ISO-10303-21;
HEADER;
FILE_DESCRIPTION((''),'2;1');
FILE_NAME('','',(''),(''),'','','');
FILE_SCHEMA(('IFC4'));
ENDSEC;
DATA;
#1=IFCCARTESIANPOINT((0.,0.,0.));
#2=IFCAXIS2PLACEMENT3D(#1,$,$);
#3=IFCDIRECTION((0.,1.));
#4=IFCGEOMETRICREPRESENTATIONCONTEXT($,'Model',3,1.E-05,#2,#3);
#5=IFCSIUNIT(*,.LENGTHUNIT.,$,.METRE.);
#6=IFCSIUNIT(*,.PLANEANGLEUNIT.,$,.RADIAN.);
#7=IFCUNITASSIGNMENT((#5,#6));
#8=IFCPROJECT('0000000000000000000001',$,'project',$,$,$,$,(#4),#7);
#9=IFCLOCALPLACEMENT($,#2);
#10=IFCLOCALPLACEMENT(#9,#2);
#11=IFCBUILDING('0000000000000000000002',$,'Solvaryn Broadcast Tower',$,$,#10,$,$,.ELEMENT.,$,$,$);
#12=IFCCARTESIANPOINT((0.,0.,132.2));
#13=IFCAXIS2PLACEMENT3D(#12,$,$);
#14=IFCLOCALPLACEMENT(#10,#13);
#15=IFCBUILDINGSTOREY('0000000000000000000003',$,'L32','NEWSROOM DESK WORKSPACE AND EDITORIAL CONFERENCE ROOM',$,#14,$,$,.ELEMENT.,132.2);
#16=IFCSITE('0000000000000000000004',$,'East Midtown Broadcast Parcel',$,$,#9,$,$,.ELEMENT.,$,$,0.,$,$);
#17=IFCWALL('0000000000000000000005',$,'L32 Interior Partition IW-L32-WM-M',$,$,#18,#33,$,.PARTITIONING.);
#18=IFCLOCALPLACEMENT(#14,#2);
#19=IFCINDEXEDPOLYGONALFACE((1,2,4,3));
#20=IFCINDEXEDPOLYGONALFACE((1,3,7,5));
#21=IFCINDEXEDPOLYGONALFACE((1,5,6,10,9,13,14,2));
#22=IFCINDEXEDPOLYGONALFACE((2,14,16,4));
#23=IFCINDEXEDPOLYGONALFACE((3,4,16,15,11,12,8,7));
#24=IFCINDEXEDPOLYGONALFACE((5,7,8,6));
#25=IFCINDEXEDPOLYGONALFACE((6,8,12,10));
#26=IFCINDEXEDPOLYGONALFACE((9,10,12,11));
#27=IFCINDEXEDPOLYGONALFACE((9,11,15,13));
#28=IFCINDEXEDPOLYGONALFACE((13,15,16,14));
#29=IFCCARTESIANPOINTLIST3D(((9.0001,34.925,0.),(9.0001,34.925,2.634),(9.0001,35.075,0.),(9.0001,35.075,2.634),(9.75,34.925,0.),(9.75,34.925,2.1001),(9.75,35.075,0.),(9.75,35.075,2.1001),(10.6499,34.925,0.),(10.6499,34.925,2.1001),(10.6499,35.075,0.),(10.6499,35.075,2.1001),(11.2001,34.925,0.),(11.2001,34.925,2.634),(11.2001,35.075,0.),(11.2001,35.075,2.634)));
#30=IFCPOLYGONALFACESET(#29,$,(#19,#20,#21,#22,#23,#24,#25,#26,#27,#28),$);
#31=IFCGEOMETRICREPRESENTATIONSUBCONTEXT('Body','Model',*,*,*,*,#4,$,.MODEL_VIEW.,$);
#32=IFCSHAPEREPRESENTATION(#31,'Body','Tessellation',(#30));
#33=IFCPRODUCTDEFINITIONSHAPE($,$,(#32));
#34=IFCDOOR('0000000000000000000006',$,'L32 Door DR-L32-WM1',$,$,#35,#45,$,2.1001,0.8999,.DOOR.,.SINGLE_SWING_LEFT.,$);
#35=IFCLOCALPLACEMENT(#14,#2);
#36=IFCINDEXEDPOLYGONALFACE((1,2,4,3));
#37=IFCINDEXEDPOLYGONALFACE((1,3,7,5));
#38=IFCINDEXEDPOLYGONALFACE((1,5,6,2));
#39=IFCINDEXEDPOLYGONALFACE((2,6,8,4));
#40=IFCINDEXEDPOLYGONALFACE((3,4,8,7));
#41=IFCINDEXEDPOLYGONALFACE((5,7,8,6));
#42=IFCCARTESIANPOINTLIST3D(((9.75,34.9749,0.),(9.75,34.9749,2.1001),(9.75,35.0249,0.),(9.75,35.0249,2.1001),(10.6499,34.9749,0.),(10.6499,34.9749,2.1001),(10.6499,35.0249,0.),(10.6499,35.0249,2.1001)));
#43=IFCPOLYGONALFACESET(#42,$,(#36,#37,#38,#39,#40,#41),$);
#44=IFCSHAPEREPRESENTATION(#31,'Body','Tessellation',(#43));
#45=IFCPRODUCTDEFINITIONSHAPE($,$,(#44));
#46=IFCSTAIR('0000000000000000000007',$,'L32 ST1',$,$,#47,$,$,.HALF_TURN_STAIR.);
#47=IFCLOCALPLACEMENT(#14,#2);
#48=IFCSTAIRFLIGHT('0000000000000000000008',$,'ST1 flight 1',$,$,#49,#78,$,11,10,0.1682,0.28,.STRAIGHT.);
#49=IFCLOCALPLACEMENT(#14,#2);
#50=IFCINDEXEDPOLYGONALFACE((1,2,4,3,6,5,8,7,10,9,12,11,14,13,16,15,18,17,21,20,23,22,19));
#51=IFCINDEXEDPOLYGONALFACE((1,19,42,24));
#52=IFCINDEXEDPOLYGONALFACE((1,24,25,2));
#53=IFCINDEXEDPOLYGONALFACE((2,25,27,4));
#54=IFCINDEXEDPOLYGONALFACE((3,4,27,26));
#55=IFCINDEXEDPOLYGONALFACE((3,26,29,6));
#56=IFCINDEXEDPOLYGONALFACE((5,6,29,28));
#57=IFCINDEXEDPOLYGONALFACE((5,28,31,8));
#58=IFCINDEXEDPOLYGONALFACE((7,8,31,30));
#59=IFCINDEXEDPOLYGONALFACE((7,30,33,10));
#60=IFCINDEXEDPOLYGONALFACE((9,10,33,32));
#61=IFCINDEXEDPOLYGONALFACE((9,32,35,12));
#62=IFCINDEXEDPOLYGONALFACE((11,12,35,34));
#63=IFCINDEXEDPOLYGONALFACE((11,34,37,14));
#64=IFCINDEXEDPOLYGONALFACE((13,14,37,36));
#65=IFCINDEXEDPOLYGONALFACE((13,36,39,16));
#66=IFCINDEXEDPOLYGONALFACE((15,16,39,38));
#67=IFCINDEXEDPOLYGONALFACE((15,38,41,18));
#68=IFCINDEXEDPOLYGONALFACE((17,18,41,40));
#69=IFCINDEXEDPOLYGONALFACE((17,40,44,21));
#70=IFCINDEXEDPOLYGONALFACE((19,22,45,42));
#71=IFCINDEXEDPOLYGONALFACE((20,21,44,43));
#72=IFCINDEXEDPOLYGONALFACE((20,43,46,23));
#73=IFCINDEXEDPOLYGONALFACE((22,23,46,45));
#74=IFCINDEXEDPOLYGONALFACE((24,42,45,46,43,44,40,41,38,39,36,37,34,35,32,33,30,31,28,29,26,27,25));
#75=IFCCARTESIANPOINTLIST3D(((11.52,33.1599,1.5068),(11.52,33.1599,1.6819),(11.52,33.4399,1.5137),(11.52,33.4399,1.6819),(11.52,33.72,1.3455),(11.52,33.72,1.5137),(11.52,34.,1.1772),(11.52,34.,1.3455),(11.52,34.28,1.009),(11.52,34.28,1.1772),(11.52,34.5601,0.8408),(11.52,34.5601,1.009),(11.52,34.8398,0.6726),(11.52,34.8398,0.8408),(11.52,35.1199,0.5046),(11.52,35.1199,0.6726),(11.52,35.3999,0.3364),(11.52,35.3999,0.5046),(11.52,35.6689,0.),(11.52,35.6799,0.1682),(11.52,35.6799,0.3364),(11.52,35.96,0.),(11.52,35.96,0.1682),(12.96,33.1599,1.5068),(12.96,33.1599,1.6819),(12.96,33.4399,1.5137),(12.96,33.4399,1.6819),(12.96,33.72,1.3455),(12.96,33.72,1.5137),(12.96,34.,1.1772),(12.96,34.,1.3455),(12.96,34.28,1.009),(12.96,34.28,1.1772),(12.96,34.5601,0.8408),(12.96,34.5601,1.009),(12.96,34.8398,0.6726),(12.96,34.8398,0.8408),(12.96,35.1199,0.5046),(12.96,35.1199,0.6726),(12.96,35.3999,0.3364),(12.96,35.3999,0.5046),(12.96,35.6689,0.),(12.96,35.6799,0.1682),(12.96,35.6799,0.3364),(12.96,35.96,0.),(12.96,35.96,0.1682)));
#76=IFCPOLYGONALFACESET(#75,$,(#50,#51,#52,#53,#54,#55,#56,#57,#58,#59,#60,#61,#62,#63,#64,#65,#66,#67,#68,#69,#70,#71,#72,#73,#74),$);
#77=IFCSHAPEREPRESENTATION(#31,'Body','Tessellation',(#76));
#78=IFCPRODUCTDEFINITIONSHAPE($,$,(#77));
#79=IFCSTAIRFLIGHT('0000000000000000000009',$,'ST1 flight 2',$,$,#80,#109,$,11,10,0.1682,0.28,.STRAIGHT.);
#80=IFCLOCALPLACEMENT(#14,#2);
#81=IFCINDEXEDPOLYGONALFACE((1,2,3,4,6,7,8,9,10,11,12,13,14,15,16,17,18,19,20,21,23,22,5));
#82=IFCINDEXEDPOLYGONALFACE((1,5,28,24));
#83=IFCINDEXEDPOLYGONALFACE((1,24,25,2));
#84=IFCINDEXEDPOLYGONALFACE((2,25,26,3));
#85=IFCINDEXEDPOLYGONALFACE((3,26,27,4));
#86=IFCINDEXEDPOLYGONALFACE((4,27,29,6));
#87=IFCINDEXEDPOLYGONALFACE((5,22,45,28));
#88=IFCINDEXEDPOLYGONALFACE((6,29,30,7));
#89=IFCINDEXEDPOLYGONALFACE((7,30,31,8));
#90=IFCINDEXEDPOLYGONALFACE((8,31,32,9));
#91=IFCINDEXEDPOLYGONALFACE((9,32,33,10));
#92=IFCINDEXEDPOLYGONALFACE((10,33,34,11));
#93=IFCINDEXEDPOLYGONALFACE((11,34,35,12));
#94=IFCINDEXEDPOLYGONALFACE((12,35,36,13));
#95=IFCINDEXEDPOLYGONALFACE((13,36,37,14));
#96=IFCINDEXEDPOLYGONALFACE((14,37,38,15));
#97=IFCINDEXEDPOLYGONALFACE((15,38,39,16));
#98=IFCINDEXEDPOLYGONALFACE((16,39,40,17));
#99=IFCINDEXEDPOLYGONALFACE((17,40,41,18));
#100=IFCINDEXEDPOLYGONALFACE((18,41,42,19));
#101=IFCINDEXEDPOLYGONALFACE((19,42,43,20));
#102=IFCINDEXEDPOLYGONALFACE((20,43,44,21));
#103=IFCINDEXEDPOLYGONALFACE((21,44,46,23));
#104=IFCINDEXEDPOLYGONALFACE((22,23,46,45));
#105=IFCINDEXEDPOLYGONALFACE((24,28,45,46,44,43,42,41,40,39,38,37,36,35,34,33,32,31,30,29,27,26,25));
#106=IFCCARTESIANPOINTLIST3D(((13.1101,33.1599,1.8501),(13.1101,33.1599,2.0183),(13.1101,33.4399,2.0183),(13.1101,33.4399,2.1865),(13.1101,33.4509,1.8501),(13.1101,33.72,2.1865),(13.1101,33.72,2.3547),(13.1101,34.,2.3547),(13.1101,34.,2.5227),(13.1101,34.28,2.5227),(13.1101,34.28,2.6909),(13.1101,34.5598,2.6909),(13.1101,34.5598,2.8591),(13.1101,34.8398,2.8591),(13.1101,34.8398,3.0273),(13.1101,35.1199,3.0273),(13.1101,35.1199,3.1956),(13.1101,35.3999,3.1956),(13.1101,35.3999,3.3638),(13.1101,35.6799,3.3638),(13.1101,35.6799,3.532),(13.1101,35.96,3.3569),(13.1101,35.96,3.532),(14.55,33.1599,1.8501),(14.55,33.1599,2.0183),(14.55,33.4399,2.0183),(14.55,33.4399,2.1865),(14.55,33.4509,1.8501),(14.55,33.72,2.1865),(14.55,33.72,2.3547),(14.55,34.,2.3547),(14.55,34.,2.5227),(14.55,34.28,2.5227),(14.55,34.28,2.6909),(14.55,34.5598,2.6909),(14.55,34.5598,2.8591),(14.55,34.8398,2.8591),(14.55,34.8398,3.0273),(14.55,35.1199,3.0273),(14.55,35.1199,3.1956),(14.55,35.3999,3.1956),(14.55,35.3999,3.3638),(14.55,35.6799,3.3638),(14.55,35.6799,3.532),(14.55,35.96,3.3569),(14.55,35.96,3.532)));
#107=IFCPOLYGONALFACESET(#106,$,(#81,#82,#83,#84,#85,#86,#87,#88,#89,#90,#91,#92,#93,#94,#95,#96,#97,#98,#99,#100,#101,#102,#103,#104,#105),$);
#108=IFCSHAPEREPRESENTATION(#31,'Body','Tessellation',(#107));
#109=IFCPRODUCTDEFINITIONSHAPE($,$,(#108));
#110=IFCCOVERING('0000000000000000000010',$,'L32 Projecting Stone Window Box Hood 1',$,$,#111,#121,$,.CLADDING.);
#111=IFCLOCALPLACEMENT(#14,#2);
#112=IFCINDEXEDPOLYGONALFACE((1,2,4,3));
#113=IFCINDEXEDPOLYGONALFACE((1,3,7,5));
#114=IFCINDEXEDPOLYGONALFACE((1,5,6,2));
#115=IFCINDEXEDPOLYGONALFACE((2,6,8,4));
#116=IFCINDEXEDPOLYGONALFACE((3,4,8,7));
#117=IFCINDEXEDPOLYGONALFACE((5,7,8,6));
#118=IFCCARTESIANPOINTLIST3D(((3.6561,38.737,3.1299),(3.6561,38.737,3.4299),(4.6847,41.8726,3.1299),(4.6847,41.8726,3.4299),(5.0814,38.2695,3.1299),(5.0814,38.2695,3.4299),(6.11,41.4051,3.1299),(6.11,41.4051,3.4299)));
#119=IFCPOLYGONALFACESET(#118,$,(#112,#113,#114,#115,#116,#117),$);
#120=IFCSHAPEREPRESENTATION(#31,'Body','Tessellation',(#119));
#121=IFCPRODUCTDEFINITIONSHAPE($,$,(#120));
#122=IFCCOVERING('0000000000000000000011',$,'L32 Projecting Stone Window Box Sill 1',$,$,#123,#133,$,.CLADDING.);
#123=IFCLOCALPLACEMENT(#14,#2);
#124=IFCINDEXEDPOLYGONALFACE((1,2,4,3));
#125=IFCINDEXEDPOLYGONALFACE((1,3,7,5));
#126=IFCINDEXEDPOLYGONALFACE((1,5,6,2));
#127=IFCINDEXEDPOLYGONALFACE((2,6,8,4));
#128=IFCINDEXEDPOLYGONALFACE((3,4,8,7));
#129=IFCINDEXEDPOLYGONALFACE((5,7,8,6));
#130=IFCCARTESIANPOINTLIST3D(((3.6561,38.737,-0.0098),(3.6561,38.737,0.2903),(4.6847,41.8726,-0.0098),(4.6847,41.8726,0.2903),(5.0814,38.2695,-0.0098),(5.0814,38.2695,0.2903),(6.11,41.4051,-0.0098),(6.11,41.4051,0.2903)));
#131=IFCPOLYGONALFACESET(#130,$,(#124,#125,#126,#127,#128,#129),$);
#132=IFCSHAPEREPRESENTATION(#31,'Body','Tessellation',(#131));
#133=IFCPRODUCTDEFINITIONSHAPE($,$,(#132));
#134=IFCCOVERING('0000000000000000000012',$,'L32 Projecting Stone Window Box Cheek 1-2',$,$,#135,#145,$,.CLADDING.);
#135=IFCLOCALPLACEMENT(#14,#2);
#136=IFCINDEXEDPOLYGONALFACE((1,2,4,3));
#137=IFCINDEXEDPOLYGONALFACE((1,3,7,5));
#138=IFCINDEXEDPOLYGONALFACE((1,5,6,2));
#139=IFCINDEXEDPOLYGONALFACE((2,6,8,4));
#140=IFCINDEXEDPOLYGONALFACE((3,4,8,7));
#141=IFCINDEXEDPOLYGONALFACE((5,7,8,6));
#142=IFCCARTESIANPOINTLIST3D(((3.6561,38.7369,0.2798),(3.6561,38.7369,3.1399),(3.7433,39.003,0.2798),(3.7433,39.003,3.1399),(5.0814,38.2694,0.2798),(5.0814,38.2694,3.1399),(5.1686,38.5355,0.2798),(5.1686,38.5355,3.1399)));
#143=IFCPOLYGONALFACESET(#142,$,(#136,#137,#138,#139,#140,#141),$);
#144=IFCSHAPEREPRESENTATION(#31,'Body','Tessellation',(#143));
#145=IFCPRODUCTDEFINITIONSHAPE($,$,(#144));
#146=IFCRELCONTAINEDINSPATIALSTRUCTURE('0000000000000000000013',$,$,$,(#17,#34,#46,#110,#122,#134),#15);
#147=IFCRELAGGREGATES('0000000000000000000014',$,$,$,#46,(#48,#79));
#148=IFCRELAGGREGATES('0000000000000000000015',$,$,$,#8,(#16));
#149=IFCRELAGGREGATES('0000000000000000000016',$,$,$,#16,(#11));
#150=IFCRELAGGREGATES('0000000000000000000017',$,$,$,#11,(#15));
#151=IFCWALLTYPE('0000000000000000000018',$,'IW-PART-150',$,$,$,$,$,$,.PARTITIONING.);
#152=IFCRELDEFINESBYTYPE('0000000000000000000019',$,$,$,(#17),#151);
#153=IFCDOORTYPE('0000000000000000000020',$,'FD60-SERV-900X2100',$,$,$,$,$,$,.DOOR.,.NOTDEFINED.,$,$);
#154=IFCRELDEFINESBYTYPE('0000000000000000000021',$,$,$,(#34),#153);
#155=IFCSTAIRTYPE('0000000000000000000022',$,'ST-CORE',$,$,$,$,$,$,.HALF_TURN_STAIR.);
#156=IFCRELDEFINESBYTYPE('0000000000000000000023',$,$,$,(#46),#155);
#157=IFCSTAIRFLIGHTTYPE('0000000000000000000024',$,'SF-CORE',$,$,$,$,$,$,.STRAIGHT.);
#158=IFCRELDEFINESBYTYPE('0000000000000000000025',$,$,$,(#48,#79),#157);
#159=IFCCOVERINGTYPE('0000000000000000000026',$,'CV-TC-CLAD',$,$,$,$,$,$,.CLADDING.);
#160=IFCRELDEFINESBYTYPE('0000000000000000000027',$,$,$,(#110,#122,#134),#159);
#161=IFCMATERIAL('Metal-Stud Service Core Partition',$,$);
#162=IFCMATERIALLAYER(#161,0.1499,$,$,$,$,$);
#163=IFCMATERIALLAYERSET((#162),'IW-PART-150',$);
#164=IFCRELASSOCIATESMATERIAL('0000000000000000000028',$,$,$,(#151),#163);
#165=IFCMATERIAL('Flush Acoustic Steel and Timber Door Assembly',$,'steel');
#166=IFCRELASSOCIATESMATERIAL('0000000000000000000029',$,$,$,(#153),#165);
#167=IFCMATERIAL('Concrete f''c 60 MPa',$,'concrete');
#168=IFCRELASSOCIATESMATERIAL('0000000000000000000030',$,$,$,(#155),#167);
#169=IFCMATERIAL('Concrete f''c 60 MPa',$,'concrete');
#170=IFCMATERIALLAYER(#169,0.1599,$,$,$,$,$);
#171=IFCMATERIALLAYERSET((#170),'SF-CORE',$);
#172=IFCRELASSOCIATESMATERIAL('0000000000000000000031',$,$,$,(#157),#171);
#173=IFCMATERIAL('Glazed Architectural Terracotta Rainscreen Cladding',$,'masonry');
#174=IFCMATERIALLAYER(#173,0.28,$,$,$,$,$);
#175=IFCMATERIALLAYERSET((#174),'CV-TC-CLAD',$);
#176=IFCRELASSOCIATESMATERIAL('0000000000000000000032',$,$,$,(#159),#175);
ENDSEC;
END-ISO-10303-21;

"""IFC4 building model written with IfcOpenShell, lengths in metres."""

from ifc_helpers import new_model, si_unit, direction, frame, frame_2d, origin, origin_2d, place, context, subcontext, project, spatial, polyline, rectangle, outline, extrude, material, layer, layer_set, type_object, element, fill, aggregate, save


model = new_model("IFC4")

# Units and contexts
model_context = context("Model", 3, precision=1e-05, world=origin(), true_north=direction((0.0, 1.0)))
body_context = subcontext(model_context, "Body", "Model", "MODEL_VIEW")
ifc_project = project(units=[si_unit("LENGTHUNIT", "METRE"), si_unit("PLANEANGLEUNIT", "RADIAN")], contexts=[model_context])

# Site, building, storey
site_placement = place(None, origin())
site = spatial("IfcSite", under=ifc_project, at=site_placement, Name="East Midtown Broadcast Parcel", CompositionType="ELEMENT", RefElevation=0.0)
building_placement = place(site_placement, origin())
building = spatial("IfcBuilding", under=site, at=building_placement, Name="Solvaryn Broadcast Tower", CompositionType="ELEMENT")
storey_placement = place(building_placement, frame((0.0, 0.0, 132.2)))
storey = spatial("IfcBuildingStorey", under=building, at=storey_placement, Name="L32", Description="NEWSROOM DESK WORKSPACE AND EDITORIAL CONFERENCE ROOM", CompositionType="ELEMENT", Elevation=132.2)

# Wall, opening, door
ifc_material_1 = material(Name="Metal-Stud Service Core Partition")
ifc_layer_1 = layer(ifc_material_1, 0.1499)
ifc_layer_set_1 = layer_set([ifc_layer_1], Name="IW-PART-150")
wall_type = type_object("IfcWallType", Name="IW-PART-150", PredefinedType="PARTITIONING", material=ifc_layer_set_1)
wall_placement = place(storey_placement, frame((9.0, 35.0, 0.0), z_axis=(0.0, 0.0, 1.0), x_axis=(1.0, 0.0, 0.0)))
wall = element("IfcWall", 1, at=wall_placement, inside=storey, type_object=wall_type, Name="L32 Interior Partition IW-L32-WM-M", PredefinedType="PARTITIONING", context=body_context, shape_type="SweptSolid", body=[
    extrude(rectangle(XDim=2.2, YDim=0.1499, at=frame_2d((1.1001, 0.0))), origin(), (0.0, 0.0, 1.0), 2.634),
])
opening_placement = place(wall_placement, frame((0.75, 0.0, 0.0)))
opening = element("IfcOpeningElement", 2, at=opening_placement, cuts=wall, PredefinedType="OPENING", context=body_context, shape_type="SweptSolid", body=[
    extrude(rectangle(XDim=0.8999, YDim=2.1001, at=frame_2d((0.45, 1.05))), frame((0.0, 0.085, 0.0), z_axis=(0.0, -1.0, 0.0), x_axis=(1.0, 0.0, 0.0)), (0.0, 0.0, 1.0), 0.1699),
])
ifc_material_2 = material(Name="Flush Acoustic Steel and Timber Door Assembly", Category="steel")
door_type = type_object("IfcDoorType", Name="FD60-SERV-900X2100", OperationType="NOTDEFINED", PredefinedType="DOOR", material=ifc_material_2)
door_placement = place(opening_placement, origin())
door = element("IfcDoor", 3, at=door_placement, inside=storey, type_object=door_type, Name="L32 Door DR-L32-WM1", OperationType="SINGLE_SWING_LEFT", OverallHeight=2.1001, OverallWidth=0.8999, PredefinedType="DOOR", context=body_context, shape_type="SweptSolid", body=[
    extrude(rectangle(XDim=0.8999, YDim=2.1001, at=frame_2d((0.45, 1.05))), frame((0.0, 0.0249, 0.0), z_axis=(0.0, -1.0, 0.0), x_axis=(1.0, 0.0, 0.0)), (0.0, 0.0, 1.0), 0.05),
])
fill(opening, door)

# Stair, stair flights
ifc_material_3 = material(Name="Concrete f'c 60 MPa", Category="concrete")
stair_type = type_object("IfcStairType", Name="ST-CORE", PredefinedType="HALF_TURN_STAIR", material=ifc_material_3)
stair_placement = place(storey_placement, origin())
stair = element("IfcStair", 4, at=stair_placement, inside=storey, type_object=stair_type, Name="L32 ST1", PredefinedType="HALF_TURN_STAIR")
ifc_material_4 = material(Name="Concrete f'c 60 MPa", Category="concrete")
ifc_layer_2 = layer(ifc_material_4, 0.1599)
ifc_layer_set_2 = layer_set([ifc_layer_2], Name="SF-CORE")
stair_flight_type = type_object("IfcStairFlightType", Name="SF-CORE", PredefinedType="STRAIGHT", material=ifc_layer_set_2)
stair_flight_1_placement = place(storey_placement, frame((12.24, 35.96, 0.0), z_axis=(0.0, 0.0, 1.0), x_axis=(0.0, -1.0, 0.0)))
stair_flight_1 = element("IfcStairFlight", 5, at=stair_flight_1_placement, type_object=stair_flight_type, Name="ST1 flight 1", NumberOfRisers=11, NumberOfTreads=10, PredefinedType="STRAIGHT", RiserHeight=0.1682, TreadLength=0.28, context=body_context, shape_type="SweptSolid", body=[
    extrude(outline(polyline([(0.0, 0.0), (0.0, 0.1682), (0.28, 0.1682), (0.28, 0.3364), (0.5601, 0.3364), (0.5601, 0.5046), (0.8401, 0.5046), (0.8401, 0.6726), (1.1201, 0.6726), (1.1201, 0.8408), (1.3999, 0.8408), (1.3999, 1.009), (1.6799, 1.009), (1.6799, 1.1772), (1.96, 1.1772), (1.96, 1.3455), (2.24, 1.3455), (2.24, 1.5137), (2.52, 1.5137), (2.52, 1.6819), (2.8, 1.6819), (2.8, 1.8501), (2.8, 1.5068), (0.291, 0.0), (0.0, 0.0)])), frame((0.0, 0.72, 0.0), z_axis=(0.0, -1.0, 0.0), x_axis=(1.0, 0.0, 0.0)), (0.0, 0.0, 1.0), 1.4399),
])
stair_flight_2_placement = place(storey_placement, frame((13.8301, 33.1599, 1.8501), z_axis=(0.0, 0.0, 1.0), x_axis=(0.0, 1.0, 0.0)))
stair_flight_2 = element("IfcStairFlight", 6, at=stair_flight_2_placement, type_object=stair_flight_type, Name="ST1 flight 2", NumberOfRisers=11, NumberOfTreads=10, PredefinedType="STRAIGHT", RiserHeight=0.1682, TreadLength=0.28, context=body_context, shape_type="SweptSolid", body=[
    extrude(outline(polyline([(0.0, 0.0), (0.0, 0.1682), (0.28, 0.1682), (0.28, 0.3364), (0.5601, 0.3364), (0.5601, 0.5046), (0.8401, 0.5046), (0.8401, 0.6726), (1.1201, 0.6726), (1.1201, 0.8408), (1.3999, 0.8408), (1.3999, 1.009), (1.6799, 1.009), (1.6799, 1.1772), (1.96, 1.1772), (1.96, 1.3455), (2.24, 1.3455), (2.24, 1.5137), (2.52, 1.5137), (2.52, 1.6819), (2.8, 1.6819), (2.8, 1.8501), (2.8, 1.5068), (0.291, 0.0), (0.0, 0.0)])), frame((0.0, 0.72, 0.0), z_axis=(0.0, -1.0, 0.0), x_axis=(1.0, 0.0, 0.0)), (0.0, 0.0, 1.0), 1.4399),
])
aggregate(stair, [stair_flight_1, stair_flight_2])

# Coverings
ifc_material_5 = material(Name="Glazed Architectural Terracotta Rainscreen Cladding", Category="masonry")
ifc_layer_3 = layer(ifc_material_5, 0.28)
ifc_layer_set_3 = layer_set([ifc_layer_3], Name="CV-TC-CLAD")
covering_type = type_object("IfcCoveringType", Name="CV-TC-CLAD", PredefinedType="CLADDING", material=ifc_layer_set_3)
for number, where, z_axis, x_axis, name in (
    (7, (4.8831, 40.071, 3.1299), (0.0, 0.0, 1.0), (-0.311672, -0.95019, 0.0), "L32 Projecting Stone Window Box Hood 1"),
    (8, (4.8831, 40.071, -0.0098), (0.0, 0.0, 1.0), (-0.311672, -0.95019, 0.0), "L32 Projecting Stone Window Box Sill 1"),
):
    element("IfcCovering", number, at=place(storey_placement, frame(where, z_axis=z_axis, x_axis=x_axis)), inside=storey, type_object=covering_type, Name=name, PredefinedType="CLADDING", context=body_context, shape_type="SweptSolid", body=[
        extrude(rectangle(XDim=3.3, YDim=1.5, at=origin_2d()), origin(), (0.0, 0.0, 1.0), 0.3),
    ])
covering_placement = place(storey_placement, frame((4.4124, 38.6362, 0.2798), z_axis=(0.0, 0.0, 1.0), x_axis=(-0.311672, -0.95019, 0.0)))
element("IfcCovering", 9, at=covering_placement, inside=storey, type_object=covering_type, Name="L32 Projecting Stone Window Box Cheek 1-2", PredefinedType="CLADDING", context=body_context, shape_type="SweptSolid", body=[
    extrude(rectangle(XDim=0.28, YDim=1.5, at=origin_2d()), origin(), (0.0, 0.0, 1.0), 2.8601),
])

save(model, "model.ifc")
